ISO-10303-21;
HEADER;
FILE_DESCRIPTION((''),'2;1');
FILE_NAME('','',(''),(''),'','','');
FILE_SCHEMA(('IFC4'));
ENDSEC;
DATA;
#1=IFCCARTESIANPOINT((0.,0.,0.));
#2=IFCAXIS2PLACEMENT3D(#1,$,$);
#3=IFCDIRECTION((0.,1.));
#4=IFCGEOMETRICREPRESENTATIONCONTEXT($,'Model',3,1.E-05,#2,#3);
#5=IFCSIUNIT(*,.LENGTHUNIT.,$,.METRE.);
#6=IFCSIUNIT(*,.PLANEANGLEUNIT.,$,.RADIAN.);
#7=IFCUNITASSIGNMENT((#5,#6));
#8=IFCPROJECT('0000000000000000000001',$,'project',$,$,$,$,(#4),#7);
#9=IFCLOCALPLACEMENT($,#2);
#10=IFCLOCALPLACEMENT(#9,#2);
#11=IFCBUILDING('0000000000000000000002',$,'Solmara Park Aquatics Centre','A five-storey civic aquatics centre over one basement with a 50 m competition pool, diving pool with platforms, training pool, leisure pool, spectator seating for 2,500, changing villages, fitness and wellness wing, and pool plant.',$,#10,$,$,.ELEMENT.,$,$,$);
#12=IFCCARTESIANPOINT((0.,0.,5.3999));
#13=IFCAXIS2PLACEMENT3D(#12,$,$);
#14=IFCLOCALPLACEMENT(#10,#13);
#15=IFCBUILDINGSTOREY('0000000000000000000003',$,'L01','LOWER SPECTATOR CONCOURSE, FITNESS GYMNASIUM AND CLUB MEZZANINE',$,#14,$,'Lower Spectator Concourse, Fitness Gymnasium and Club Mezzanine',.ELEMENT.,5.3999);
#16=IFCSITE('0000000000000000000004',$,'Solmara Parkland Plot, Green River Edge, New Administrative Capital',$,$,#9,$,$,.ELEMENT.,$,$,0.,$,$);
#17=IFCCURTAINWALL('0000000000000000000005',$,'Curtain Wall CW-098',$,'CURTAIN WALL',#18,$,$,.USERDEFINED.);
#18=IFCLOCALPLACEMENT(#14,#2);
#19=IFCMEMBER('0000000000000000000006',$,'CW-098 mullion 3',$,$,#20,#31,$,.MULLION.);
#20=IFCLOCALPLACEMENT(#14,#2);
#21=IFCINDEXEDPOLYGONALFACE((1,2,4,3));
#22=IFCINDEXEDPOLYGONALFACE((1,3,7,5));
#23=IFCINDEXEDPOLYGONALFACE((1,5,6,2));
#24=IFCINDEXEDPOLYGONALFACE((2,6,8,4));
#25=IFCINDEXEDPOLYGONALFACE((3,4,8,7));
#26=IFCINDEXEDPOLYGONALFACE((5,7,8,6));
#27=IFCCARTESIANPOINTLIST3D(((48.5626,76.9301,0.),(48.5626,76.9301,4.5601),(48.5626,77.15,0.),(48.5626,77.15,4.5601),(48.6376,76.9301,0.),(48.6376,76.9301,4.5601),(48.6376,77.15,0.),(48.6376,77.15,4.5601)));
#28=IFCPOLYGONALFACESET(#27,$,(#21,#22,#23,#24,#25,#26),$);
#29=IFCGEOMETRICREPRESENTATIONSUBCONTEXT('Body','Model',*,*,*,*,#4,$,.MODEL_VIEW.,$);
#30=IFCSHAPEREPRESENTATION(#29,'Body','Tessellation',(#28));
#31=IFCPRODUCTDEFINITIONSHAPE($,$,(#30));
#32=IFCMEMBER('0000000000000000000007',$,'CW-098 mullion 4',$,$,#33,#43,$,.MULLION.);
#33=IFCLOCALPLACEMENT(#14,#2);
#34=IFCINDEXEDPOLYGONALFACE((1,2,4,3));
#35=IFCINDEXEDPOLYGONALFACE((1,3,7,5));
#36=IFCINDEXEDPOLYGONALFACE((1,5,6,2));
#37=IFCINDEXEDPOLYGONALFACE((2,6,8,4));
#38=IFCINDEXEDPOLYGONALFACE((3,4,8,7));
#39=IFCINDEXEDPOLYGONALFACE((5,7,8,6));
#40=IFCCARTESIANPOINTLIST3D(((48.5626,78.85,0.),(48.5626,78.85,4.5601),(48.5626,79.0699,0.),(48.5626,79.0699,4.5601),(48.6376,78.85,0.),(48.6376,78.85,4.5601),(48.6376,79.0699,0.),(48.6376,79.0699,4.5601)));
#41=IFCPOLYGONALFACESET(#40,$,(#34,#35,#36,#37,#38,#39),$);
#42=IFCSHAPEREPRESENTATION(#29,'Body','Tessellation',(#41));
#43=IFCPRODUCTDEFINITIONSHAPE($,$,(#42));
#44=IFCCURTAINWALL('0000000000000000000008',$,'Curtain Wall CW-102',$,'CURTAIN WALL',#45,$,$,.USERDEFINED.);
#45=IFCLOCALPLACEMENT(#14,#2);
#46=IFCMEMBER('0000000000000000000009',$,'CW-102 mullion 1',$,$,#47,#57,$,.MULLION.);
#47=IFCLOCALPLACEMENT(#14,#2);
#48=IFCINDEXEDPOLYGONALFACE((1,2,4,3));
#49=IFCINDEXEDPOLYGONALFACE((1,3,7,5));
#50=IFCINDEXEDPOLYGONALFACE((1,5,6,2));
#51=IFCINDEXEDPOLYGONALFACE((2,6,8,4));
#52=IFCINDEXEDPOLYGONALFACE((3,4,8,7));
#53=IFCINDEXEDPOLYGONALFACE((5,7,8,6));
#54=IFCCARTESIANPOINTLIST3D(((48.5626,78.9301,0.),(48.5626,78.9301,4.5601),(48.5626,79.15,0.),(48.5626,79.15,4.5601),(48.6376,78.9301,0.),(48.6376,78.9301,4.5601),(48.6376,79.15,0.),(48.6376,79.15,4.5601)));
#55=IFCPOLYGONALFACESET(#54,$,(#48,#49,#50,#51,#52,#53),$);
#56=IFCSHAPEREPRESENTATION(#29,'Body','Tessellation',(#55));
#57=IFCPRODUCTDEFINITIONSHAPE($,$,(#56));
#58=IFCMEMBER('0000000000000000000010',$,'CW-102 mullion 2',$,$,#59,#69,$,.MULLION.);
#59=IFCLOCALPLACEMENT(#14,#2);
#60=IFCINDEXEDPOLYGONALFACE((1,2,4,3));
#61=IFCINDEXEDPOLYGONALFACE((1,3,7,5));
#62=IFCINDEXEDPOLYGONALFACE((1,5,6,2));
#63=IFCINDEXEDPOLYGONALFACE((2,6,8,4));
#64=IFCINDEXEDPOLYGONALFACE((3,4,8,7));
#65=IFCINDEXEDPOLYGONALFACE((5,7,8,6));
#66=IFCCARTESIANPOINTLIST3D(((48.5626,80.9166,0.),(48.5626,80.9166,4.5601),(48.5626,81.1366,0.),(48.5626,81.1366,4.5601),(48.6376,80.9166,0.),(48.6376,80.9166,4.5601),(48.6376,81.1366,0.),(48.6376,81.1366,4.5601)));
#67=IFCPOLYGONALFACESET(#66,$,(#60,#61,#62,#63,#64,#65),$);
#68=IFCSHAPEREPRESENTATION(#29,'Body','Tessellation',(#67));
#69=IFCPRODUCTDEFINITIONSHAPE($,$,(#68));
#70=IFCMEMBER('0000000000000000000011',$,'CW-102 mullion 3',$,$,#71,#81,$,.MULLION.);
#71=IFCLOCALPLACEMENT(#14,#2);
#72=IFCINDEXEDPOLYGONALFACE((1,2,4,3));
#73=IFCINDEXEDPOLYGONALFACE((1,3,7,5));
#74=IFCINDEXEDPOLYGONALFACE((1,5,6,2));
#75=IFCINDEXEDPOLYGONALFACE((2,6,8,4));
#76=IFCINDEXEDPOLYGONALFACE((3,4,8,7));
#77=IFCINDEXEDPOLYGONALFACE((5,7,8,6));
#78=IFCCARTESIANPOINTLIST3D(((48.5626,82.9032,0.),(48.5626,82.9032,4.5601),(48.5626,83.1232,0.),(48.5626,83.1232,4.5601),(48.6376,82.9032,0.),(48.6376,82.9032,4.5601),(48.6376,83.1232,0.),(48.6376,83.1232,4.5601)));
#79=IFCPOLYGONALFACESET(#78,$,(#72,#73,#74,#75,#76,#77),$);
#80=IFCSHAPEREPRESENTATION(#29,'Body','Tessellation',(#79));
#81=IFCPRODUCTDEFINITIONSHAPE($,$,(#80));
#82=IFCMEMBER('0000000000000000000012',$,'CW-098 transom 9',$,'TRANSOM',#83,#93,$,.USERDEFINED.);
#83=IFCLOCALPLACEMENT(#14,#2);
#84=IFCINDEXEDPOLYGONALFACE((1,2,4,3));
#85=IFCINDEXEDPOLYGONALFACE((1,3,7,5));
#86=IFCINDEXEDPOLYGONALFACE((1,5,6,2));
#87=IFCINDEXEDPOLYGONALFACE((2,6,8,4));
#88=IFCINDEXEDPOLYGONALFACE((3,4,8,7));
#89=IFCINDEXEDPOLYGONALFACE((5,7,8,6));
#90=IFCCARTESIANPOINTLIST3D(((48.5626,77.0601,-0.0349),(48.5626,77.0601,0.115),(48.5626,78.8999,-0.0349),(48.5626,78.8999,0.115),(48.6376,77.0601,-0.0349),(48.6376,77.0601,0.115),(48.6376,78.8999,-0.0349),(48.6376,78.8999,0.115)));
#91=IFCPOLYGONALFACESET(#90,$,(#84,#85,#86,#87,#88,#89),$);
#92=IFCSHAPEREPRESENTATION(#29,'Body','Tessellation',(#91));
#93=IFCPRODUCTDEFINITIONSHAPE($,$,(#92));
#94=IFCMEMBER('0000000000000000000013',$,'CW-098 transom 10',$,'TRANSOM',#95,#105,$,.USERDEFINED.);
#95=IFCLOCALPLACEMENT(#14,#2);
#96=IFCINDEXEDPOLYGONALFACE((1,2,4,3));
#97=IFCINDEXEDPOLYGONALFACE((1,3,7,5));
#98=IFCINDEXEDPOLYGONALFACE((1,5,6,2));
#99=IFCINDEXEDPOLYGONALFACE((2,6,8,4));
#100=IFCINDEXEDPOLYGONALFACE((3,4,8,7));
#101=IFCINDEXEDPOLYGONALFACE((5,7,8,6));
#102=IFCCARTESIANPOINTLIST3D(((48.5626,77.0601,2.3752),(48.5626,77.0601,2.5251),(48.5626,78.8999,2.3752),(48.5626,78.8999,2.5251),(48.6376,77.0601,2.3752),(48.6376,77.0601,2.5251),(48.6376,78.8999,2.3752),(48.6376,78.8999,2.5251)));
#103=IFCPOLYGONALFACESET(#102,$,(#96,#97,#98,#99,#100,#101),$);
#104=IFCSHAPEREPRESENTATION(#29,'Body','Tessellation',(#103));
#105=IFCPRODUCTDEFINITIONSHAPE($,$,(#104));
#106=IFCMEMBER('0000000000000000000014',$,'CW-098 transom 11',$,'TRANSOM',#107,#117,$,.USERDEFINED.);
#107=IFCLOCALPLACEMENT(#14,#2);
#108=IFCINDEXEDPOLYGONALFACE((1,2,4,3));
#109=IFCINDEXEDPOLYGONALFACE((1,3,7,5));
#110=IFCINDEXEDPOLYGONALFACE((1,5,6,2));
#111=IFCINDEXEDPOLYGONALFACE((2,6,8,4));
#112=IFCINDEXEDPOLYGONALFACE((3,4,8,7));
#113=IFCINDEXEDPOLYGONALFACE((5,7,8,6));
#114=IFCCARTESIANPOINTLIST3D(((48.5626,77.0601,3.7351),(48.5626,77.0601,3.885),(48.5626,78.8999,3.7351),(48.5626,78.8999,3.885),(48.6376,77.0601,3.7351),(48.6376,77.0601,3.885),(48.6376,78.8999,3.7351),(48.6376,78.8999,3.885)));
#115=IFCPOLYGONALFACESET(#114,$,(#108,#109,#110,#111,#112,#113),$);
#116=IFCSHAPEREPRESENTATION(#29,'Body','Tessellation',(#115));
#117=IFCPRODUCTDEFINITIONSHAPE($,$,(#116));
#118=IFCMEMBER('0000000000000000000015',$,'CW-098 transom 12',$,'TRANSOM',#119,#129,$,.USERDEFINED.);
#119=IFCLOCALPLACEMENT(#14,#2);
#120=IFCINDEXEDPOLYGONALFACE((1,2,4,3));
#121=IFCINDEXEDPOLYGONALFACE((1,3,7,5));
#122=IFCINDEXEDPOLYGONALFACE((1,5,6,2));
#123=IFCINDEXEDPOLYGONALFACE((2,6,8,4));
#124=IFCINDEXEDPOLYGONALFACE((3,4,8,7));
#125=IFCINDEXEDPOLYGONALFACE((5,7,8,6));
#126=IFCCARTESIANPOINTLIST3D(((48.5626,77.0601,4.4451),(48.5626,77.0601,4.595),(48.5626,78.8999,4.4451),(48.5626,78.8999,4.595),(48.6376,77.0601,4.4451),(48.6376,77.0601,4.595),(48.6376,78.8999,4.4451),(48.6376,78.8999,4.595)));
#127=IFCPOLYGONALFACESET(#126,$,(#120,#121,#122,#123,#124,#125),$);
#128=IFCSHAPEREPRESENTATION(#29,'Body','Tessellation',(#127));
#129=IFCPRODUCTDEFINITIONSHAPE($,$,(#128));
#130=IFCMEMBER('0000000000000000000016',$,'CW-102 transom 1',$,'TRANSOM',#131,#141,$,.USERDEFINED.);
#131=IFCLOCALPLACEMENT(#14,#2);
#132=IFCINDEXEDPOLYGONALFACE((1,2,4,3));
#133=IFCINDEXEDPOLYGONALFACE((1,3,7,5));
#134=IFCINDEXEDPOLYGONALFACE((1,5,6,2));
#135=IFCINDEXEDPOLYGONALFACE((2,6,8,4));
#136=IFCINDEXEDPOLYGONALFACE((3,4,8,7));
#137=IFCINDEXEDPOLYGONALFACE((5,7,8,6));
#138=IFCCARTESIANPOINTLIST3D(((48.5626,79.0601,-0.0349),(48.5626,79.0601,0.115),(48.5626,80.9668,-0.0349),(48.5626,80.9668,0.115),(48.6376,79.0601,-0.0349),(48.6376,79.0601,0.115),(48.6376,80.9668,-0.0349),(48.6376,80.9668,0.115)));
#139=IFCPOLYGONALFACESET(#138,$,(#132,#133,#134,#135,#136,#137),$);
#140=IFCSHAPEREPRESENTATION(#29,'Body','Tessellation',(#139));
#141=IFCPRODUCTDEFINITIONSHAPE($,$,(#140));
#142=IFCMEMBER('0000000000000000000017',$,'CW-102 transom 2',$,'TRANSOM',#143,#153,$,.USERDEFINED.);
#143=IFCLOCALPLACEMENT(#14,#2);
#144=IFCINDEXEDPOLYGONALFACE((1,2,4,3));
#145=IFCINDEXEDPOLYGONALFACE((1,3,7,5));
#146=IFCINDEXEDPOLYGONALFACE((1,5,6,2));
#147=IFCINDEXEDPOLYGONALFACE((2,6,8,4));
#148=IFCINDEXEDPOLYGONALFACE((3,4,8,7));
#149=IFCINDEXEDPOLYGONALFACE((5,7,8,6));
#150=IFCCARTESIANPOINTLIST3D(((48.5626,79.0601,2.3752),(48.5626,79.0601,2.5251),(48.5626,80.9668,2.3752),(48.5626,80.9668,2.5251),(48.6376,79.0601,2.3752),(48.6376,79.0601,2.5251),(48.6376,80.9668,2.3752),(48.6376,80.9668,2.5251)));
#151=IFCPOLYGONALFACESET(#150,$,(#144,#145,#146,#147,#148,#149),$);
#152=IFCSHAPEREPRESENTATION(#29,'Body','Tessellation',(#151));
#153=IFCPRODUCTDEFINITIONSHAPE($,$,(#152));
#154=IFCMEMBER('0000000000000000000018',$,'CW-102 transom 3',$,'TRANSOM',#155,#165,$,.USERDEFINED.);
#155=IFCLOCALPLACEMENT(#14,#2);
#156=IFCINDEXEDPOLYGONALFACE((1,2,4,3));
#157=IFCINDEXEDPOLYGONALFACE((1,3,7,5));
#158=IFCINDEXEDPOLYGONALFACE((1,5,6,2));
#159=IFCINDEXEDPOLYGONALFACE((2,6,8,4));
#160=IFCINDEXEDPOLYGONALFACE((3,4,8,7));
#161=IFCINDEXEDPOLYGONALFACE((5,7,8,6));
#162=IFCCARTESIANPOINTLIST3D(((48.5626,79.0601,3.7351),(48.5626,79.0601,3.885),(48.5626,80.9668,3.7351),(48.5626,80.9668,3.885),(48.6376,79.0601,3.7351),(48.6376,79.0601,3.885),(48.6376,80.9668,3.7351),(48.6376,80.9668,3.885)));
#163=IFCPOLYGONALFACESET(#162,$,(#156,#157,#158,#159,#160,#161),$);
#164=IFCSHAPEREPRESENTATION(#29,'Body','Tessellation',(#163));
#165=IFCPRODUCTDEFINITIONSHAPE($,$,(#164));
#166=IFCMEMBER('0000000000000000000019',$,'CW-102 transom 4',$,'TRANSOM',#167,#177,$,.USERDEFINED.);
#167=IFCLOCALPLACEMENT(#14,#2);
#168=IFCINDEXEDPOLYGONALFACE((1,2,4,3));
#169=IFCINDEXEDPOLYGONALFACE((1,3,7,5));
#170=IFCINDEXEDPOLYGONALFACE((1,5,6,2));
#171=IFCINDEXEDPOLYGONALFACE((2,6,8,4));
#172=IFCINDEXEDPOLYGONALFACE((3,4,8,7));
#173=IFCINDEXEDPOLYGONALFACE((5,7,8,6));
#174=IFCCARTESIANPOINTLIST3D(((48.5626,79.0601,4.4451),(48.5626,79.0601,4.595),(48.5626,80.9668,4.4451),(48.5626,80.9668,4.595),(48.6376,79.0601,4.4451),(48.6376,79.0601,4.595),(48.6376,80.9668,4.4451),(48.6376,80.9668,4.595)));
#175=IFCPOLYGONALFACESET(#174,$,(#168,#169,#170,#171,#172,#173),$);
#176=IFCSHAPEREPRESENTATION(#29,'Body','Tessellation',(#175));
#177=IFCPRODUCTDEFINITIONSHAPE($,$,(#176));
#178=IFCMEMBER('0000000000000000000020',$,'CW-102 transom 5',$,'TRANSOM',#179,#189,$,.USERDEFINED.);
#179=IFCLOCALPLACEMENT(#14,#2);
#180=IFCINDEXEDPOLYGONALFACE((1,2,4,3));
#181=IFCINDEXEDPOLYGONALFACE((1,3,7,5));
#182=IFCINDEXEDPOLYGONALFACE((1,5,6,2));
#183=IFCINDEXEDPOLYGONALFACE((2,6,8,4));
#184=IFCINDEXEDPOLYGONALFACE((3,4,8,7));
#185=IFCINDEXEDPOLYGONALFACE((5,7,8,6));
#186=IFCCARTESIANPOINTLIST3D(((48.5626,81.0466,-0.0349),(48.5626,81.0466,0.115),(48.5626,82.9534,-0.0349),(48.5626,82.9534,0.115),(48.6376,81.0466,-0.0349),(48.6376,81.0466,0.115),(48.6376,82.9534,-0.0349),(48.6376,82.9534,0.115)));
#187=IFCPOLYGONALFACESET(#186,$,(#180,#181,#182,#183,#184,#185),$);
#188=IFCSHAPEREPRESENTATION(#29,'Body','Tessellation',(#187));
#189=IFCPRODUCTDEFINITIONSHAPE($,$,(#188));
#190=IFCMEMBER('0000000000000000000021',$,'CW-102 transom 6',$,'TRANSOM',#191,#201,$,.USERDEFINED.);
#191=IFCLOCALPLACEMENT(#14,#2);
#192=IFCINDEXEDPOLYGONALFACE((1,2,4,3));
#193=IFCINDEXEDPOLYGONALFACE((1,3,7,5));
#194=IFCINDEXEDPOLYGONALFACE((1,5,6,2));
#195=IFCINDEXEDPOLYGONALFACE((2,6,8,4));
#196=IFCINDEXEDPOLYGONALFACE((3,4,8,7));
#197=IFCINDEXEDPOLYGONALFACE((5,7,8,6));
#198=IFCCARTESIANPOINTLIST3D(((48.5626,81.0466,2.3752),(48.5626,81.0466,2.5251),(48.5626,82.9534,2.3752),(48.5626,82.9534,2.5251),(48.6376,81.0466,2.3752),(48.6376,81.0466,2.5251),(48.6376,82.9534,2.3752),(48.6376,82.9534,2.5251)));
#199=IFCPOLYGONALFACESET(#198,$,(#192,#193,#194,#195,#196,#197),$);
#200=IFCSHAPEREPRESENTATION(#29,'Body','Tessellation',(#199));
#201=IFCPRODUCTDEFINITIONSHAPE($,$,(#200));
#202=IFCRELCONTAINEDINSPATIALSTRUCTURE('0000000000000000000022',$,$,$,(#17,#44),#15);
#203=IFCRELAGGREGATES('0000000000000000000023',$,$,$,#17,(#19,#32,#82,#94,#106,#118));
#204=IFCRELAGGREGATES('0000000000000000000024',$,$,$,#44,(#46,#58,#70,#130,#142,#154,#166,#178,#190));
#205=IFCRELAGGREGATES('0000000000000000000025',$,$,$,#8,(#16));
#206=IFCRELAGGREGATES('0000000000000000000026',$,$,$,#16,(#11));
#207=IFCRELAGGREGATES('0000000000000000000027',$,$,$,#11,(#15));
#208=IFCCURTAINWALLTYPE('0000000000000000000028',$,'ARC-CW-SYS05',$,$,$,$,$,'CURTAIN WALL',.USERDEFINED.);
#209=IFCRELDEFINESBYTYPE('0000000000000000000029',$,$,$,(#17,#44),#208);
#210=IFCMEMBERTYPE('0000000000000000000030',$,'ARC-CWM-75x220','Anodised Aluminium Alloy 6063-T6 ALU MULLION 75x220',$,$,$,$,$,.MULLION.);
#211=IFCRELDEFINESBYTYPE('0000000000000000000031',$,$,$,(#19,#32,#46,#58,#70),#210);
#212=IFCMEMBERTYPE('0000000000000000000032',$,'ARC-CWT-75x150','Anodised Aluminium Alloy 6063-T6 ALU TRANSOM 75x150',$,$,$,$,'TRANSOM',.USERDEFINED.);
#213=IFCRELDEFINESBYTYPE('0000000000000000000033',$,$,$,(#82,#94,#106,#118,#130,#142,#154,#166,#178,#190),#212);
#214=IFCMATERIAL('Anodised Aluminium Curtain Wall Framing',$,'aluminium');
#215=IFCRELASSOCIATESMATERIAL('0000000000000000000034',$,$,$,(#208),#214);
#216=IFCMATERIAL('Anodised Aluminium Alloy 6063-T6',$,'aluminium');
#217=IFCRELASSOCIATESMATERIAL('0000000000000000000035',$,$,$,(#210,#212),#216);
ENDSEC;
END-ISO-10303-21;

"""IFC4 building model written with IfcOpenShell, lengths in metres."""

from ifc_helpers import new_model, si_unit, direction, frame, origin, origin_2d, place, context, subcontext, project, spatial, rectangle, extrude, material, material_profile, profile_set, type_object, element, aggregate, save


model = new_model("IFC4")

# Units and contexts
model_context = context("Model", 3, precision=1e-05, world=origin(), true_north=direction((0.0, 1.0)))
body_context = subcontext(model_context, "Body", "Model", "MODEL_VIEW")
ifc_project = project(units=[si_unit("LENGTHUNIT", "METRE"), si_unit("PLANEANGLEUNIT", "RADIAN")], contexts=[model_context])

# Site, building, storey
site_placement = place(None, origin())
site = spatial("IfcSite", under=ifc_project, at=site_placement, Name="Solmara Parkland Plot, Green River Edge, New Administrative Capital", CompositionType="ELEMENT", RefElevation=0.0)
building_placement = place(site_placement, origin())
building = spatial("IfcBuilding", under=site, at=building_placement, Name="Solmara Park Aquatics Centre", Description="A five-storey civic aquatics centre over one basement with a 50 m competition pool, diving pool with platforms, training pool, leisure pool, spectator seating for 2,500, changing villages, fitness and wellness wing, and pool plant.", CompositionType="ELEMENT")
storey_placement = place(building_placement, frame((0.0, 0.0, 5.3999)))
storey = spatial("IfcBuildingStorey", under=building, at=storey_placement, Name="L01", Description="LOWER SPECTATOR CONCOURSE, FITNESS GYMNASIUM AND CLUB MEZZANINE", LongName="Lower Spectator Concourse, Fitness Gymnasium and Club Mezzanine", CompositionType="ELEMENT", Elevation=5.3999)

# Curtain walls, members
ifc_material_1 = material(Name="Anodised Aluminium Curtain Wall Framing", Category="aluminium")
curtain_wall_type = type_object("IfcCurtainWallType", Name="ARC-CW-SYS05", ElementType="CURTAIN WALL", PredefinedType="USERDEFINED", material=ifc_material_1)
curtain_wall_1_placement = place(storey_placement, origin())
curtain_wall_1 = element("IfcCurtainWall", 1, at=curtain_wall_1_placement, inside=storey, type_object=curtain_wall_type, Name="Curtain Wall CW-098", ObjectType="CURTAIN WALL", PredefinedType="USERDEFINED")
ifc_material_2 = material(Name="Anodised Aluminium Alloy 6063-T6", Category="aluminium")
ifc_material_profile_1 = material_profile(ifc_material_2, rectangle(XDim=0.075, YDim=0.22, at=origin_2d()), Name="ALU MULLION 75x220")
ifc_profile_set_1 = profile_set([ifc_material_profile_1], Name="Anodised Aluminium Alloy 6063-T6")
member_type_1 = type_object("IfcMemberType", Name="ARC-CWM-75x220", Description="Anodised Aluminium Alloy 6063-T6 ALU MULLION 75x220", PredefinedType="MULLION", material=ifc_profile_set_1)
member_1_placement = place(storey_placement, frame((48.6001, 77.04, 0.0), z_axis=(0.0, 0.0, 1.0), x_axis=(1.0, 0.0, 0.0)))
member_1 = element("IfcMember", 2, at=member_1_placement, type_object=member_type_1, Name="CW-098 mullion 3", PredefinedType="MULLION", context=body_context, shape_type="SweptSolid", body=[
    extrude(rectangle(XDim=0.075, YDim=0.22, at=origin_2d()), origin(), (0.0, 0.0, 1.0), 4.5601),
])
member_2_placement = place(storey_placement, frame((48.6001, 78.96, 0.0), z_axis=(0.0, 0.0, 1.0), x_axis=(1.0, 0.0, 0.0)))
member_2 = element("IfcMember", 3, at=member_2_placement, type_object=member_type_1, Name="CW-098 mullion 4", PredefinedType="MULLION", context=body_context, shape_type="SweptSolid", body=[
    extrude(rectangle(XDim=0.075, YDim=0.22, at=origin_2d()), origin(), (0.0, 0.0, 1.0), 4.5601),
])
curtain_wall_2_placement = place(storey_placement, origin())
curtain_wall_2 = element("IfcCurtainWall", 4, at=curtain_wall_2_placement, inside=storey, type_object=curtain_wall_type, Name="Curtain Wall CW-102", ObjectType="CURTAIN WALL", PredefinedType="USERDEFINED")
member_3_placement = place(storey_placement, frame((48.6001, 79.04, 0.0), z_axis=(0.0, 0.0, 1.0), x_axis=(1.0, 0.0, 0.0)))
member_3 = element("IfcMember", 5, at=member_3_placement, type_object=member_type_1, Name="CW-102 mullion 1", PredefinedType="MULLION", context=body_context, shape_type="SweptSolid", body=[
    extrude(rectangle(XDim=0.075, YDim=0.22, at=origin_2d()), origin(), (0.0, 0.0, 1.0), 4.5601),
])
member_4_placement = place(storey_placement, frame((48.6001, 81.0266, 0.0), z_axis=(0.0, 0.0, 1.0), x_axis=(1.0, 0.0, 0.0)))
member_4 = element("IfcMember", 6, at=member_4_placement, type_object=member_type_1, Name="CW-102 mullion 2", PredefinedType="MULLION", context=body_context, shape_type="SweptSolid", body=[
    extrude(rectangle(XDim=0.075, YDim=0.22, at=origin_2d()), origin(), (0.0, 0.0, 1.0), 4.5601),
])
member_5_placement = place(storey_placement, frame((48.6001, 83.0132, 0.0), z_axis=(0.0, 0.0, 1.0), x_axis=(1.0, 0.0, 0.0)))
member_5 = element("IfcMember", 7, at=member_5_placement, type_object=member_type_1, Name="CW-102 mullion 3", PredefinedType="MULLION", context=body_context, shape_type="SweptSolid", body=[
    extrude(rectangle(XDim=0.075, YDim=0.22, at=origin_2d()), origin(), (0.0, 0.0, 1.0), 4.5601),
])

# Members
ifc_material_profile_2 = material_profile(ifc_material_2, rectangle(XDim=0.075, YDim=0.1499, at=origin_2d()), Name="ALU TRANSOM 75x150")
ifc_profile_set_2 = profile_set([ifc_material_profile_2], Name="Anodised Aluminium Alloy 6063-T6")
member_type_2 = type_object("IfcMemberType", Name="ARC-CWT-75x150", Description="Anodised Aluminium Alloy 6063-T6 ALU TRANSOM 75x150", ElementType="TRANSOM", PredefinedType="USERDEFINED", material=ifc_profile_set_2)
member_6_placement = place(storey_placement, frame((48.6001, 77.0601, 0.04), z_axis=(0.0, 1.0, 0.0), x_axis=(-1.0, 0.0, 0.0)))
member_6 = element("IfcMember", 8, at=member_6_placement, type_object=member_type_2, Name="CW-098 transom 9", ObjectType="TRANSOM", PredefinedType="USERDEFINED", context=body_context, shape_type="SweptSolid", body=[
    extrude(rectangle(XDim=0.075, YDim=0.1499, at=origin_2d()), origin(), (0.0, 0.0, 1.0), 1.8398),
])
member_7_placement = place(storey_placement, frame((48.6001, 77.0601, 2.4502), z_axis=(0.0, 1.0, 0.0), x_axis=(-1.0, 0.0, 0.0)))
member_7 = element("IfcMember", 9, at=member_7_placement, type_object=member_type_2, Name="CW-098 transom 10", ObjectType="TRANSOM", PredefinedType="USERDEFINED", context=body_context, shape_type="SweptSolid", body=[
    extrude(rectangle(XDim=0.075, YDim=0.1499, at=origin_2d()), origin(), (0.0, 0.0, 1.0), 1.8398),
])
member_8_placement = place(storey_placement, frame((48.6001, 77.0601, 3.8101), z_axis=(0.0, 1.0, 0.0), x_axis=(-1.0, 0.0, 0.0)))
member_8 = element("IfcMember", 10, at=member_8_placement, type_object=member_type_2, Name="CW-098 transom 11", ObjectType="TRANSOM", PredefinedType="USERDEFINED", context=body_context, shape_type="SweptSolid", body=[
    extrude(rectangle(XDim=0.075, YDim=0.1499, at=origin_2d()), origin(), (0.0, 0.0, 1.0), 1.8398),
])
member_9_placement = place(storey_placement, frame((48.6001, 77.0601, 4.52), z_axis=(0.0, 1.0, 0.0), x_axis=(-1.0, 0.0, 0.0)))
member_9 = element("IfcMember", 11, at=member_9_placement, type_object=member_type_2, Name="CW-098 transom 12", ObjectType="TRANSOM", PredefinedType="USERDEFINED", context=body_context, shape_type="SweptSolid", body=[
    extrude(rectangle(XDim=0.075, YDim=0.1499, at=origin_2d()), origin(), (0.0, 0.0, 1.0), 1.8398),
])
member_10_placement = place(storey_placement, frame((48.6001, 79.0601, 0.04), z_axis=(0.0, 1.0, 0.0), x_axis=(-1.0, 0.0, 0.0)))
member_10 = element("IfcMember", 12, at=member_10_placement, type_object=member_type_2, Name="CW-102 transom 1", ObjectType="TRANSOM", PredefinedType="USERDEFINED", context=body_context, shape_type="SweptSolid", body=[
    extrude(rectangle(XDim=0.075, YDim=0.1499, at=origin_2d()), origin(), (0.0, 0.0, 1.0), 1.9067),
])
member_11_placement = place(storey_placement, frame((48.6001, 79.0601, 2.4502), z_axis=(0.0, 1.0, 0.0), x_axis=(-1.0, 0.0, 0.0)))
member_11 = element("IfcMember", 13, at=member_11_placement, type_object=member_type_2, Name="CW-102 transom 2", ObjectType="TRANSOM", PredefinedType="USERDEFINED", context=body_context, shape_type="SweptSolid", body=[
    extrude(rectangle(XDim=0.075, YDim=0.1499, at=origin_2d()), origin(), (0.0, 0.0, 1.0), 1.9067),
])
member_12_placement = place(storey_placement, frame((48.6001, 79.0601, 3.8101), z_axis=(0.0, 1.0, 0.0), x_axis=(-1.0, 0.0, 0.0)))
member_12 = element("IfcMember", 14, at=member_12_placement, type_object=member_type_2, Name="CW-102 transom 3", ObjectType="TRANSOM", PredefinedType="USERDEFINED", context=body_context, shape_type="SweptSolid", body=[
    extrude(rectangle(XDim=0.075, YDim=0.1499, at=origin_2d()), origin(), (0.0, 0.0, 1.0), 1.9067),
])
member_13_placement = place(storey_placement, frame((48.6001, 79.0601, 4.52), z_axis=(0.0, 1.0, 0.0), x_axis=(-1.0, 0.0, 0.0)))
member_13 = element("IfcMember", 15, at=member_13_placement, type_object=member_type_2, Name="CW-102 transom 4", ObjectType="TRANSOM", PredefinedType="USERDEFINED", context=body_context, shape_type="SweptSolid", body=[
    extrude(rectangle(XDim=0.075, YDim=0.1499, at=origin_2d()), origin(), (0.0, 0.0, 1.0), 1.9067),
])
member_14_placement = place(storey_placement, frame((48.6001, 81.0466, 0.04), z_axis=(0.0, 1.0, 0.0), x_axis=(-1.0, 0.0, 0.0)))
member_14 = element("IfcMember", 16, at=member_14_placement, type_object=member_type_2, Name="CW-102 transom 5", ObjectType="TRANSOM", PredefinedType="USERDEFINED", context=body_context, shape_type="SweptSolid", body=[
    extrude(rectangle(XDim=0.075, YDim=0.1499, at=origin_2d()), origin(), (0.0, 0.0, 1.0), 1.9067),
])
member_15_placement = place(storey_placement, frame((48.6001, 81.0466, 2.4502), z_axis=(0.0, 1.0, 0.0), x_axis=(-1.0, 0.0, 0.0)))
member_15 = element("IfcMember", 17, at=member_15_placement, type_object=member_type_2, Name="CW-102 transom 6", ObjectType="TRANSOM", PredefinedType="USERDEFINED", context=body_context, shape_type="SweptSolid", body=[
    extrude(rectangle(XDim=0.075, YDim=0.1499, at=origin_2d()), origin(), (0.0, 0.0, 1.0), 1.9067),
])

aggregate(curtain_wall_1, [member_1, member_2, member_6, member_7, member_8, member_9])
aggregate(curtain_wall_2, [member_3, member_4, member_5, member_10, member_11, member_12, member_13, member_14, member_15])

save(model, "model.ifc")
